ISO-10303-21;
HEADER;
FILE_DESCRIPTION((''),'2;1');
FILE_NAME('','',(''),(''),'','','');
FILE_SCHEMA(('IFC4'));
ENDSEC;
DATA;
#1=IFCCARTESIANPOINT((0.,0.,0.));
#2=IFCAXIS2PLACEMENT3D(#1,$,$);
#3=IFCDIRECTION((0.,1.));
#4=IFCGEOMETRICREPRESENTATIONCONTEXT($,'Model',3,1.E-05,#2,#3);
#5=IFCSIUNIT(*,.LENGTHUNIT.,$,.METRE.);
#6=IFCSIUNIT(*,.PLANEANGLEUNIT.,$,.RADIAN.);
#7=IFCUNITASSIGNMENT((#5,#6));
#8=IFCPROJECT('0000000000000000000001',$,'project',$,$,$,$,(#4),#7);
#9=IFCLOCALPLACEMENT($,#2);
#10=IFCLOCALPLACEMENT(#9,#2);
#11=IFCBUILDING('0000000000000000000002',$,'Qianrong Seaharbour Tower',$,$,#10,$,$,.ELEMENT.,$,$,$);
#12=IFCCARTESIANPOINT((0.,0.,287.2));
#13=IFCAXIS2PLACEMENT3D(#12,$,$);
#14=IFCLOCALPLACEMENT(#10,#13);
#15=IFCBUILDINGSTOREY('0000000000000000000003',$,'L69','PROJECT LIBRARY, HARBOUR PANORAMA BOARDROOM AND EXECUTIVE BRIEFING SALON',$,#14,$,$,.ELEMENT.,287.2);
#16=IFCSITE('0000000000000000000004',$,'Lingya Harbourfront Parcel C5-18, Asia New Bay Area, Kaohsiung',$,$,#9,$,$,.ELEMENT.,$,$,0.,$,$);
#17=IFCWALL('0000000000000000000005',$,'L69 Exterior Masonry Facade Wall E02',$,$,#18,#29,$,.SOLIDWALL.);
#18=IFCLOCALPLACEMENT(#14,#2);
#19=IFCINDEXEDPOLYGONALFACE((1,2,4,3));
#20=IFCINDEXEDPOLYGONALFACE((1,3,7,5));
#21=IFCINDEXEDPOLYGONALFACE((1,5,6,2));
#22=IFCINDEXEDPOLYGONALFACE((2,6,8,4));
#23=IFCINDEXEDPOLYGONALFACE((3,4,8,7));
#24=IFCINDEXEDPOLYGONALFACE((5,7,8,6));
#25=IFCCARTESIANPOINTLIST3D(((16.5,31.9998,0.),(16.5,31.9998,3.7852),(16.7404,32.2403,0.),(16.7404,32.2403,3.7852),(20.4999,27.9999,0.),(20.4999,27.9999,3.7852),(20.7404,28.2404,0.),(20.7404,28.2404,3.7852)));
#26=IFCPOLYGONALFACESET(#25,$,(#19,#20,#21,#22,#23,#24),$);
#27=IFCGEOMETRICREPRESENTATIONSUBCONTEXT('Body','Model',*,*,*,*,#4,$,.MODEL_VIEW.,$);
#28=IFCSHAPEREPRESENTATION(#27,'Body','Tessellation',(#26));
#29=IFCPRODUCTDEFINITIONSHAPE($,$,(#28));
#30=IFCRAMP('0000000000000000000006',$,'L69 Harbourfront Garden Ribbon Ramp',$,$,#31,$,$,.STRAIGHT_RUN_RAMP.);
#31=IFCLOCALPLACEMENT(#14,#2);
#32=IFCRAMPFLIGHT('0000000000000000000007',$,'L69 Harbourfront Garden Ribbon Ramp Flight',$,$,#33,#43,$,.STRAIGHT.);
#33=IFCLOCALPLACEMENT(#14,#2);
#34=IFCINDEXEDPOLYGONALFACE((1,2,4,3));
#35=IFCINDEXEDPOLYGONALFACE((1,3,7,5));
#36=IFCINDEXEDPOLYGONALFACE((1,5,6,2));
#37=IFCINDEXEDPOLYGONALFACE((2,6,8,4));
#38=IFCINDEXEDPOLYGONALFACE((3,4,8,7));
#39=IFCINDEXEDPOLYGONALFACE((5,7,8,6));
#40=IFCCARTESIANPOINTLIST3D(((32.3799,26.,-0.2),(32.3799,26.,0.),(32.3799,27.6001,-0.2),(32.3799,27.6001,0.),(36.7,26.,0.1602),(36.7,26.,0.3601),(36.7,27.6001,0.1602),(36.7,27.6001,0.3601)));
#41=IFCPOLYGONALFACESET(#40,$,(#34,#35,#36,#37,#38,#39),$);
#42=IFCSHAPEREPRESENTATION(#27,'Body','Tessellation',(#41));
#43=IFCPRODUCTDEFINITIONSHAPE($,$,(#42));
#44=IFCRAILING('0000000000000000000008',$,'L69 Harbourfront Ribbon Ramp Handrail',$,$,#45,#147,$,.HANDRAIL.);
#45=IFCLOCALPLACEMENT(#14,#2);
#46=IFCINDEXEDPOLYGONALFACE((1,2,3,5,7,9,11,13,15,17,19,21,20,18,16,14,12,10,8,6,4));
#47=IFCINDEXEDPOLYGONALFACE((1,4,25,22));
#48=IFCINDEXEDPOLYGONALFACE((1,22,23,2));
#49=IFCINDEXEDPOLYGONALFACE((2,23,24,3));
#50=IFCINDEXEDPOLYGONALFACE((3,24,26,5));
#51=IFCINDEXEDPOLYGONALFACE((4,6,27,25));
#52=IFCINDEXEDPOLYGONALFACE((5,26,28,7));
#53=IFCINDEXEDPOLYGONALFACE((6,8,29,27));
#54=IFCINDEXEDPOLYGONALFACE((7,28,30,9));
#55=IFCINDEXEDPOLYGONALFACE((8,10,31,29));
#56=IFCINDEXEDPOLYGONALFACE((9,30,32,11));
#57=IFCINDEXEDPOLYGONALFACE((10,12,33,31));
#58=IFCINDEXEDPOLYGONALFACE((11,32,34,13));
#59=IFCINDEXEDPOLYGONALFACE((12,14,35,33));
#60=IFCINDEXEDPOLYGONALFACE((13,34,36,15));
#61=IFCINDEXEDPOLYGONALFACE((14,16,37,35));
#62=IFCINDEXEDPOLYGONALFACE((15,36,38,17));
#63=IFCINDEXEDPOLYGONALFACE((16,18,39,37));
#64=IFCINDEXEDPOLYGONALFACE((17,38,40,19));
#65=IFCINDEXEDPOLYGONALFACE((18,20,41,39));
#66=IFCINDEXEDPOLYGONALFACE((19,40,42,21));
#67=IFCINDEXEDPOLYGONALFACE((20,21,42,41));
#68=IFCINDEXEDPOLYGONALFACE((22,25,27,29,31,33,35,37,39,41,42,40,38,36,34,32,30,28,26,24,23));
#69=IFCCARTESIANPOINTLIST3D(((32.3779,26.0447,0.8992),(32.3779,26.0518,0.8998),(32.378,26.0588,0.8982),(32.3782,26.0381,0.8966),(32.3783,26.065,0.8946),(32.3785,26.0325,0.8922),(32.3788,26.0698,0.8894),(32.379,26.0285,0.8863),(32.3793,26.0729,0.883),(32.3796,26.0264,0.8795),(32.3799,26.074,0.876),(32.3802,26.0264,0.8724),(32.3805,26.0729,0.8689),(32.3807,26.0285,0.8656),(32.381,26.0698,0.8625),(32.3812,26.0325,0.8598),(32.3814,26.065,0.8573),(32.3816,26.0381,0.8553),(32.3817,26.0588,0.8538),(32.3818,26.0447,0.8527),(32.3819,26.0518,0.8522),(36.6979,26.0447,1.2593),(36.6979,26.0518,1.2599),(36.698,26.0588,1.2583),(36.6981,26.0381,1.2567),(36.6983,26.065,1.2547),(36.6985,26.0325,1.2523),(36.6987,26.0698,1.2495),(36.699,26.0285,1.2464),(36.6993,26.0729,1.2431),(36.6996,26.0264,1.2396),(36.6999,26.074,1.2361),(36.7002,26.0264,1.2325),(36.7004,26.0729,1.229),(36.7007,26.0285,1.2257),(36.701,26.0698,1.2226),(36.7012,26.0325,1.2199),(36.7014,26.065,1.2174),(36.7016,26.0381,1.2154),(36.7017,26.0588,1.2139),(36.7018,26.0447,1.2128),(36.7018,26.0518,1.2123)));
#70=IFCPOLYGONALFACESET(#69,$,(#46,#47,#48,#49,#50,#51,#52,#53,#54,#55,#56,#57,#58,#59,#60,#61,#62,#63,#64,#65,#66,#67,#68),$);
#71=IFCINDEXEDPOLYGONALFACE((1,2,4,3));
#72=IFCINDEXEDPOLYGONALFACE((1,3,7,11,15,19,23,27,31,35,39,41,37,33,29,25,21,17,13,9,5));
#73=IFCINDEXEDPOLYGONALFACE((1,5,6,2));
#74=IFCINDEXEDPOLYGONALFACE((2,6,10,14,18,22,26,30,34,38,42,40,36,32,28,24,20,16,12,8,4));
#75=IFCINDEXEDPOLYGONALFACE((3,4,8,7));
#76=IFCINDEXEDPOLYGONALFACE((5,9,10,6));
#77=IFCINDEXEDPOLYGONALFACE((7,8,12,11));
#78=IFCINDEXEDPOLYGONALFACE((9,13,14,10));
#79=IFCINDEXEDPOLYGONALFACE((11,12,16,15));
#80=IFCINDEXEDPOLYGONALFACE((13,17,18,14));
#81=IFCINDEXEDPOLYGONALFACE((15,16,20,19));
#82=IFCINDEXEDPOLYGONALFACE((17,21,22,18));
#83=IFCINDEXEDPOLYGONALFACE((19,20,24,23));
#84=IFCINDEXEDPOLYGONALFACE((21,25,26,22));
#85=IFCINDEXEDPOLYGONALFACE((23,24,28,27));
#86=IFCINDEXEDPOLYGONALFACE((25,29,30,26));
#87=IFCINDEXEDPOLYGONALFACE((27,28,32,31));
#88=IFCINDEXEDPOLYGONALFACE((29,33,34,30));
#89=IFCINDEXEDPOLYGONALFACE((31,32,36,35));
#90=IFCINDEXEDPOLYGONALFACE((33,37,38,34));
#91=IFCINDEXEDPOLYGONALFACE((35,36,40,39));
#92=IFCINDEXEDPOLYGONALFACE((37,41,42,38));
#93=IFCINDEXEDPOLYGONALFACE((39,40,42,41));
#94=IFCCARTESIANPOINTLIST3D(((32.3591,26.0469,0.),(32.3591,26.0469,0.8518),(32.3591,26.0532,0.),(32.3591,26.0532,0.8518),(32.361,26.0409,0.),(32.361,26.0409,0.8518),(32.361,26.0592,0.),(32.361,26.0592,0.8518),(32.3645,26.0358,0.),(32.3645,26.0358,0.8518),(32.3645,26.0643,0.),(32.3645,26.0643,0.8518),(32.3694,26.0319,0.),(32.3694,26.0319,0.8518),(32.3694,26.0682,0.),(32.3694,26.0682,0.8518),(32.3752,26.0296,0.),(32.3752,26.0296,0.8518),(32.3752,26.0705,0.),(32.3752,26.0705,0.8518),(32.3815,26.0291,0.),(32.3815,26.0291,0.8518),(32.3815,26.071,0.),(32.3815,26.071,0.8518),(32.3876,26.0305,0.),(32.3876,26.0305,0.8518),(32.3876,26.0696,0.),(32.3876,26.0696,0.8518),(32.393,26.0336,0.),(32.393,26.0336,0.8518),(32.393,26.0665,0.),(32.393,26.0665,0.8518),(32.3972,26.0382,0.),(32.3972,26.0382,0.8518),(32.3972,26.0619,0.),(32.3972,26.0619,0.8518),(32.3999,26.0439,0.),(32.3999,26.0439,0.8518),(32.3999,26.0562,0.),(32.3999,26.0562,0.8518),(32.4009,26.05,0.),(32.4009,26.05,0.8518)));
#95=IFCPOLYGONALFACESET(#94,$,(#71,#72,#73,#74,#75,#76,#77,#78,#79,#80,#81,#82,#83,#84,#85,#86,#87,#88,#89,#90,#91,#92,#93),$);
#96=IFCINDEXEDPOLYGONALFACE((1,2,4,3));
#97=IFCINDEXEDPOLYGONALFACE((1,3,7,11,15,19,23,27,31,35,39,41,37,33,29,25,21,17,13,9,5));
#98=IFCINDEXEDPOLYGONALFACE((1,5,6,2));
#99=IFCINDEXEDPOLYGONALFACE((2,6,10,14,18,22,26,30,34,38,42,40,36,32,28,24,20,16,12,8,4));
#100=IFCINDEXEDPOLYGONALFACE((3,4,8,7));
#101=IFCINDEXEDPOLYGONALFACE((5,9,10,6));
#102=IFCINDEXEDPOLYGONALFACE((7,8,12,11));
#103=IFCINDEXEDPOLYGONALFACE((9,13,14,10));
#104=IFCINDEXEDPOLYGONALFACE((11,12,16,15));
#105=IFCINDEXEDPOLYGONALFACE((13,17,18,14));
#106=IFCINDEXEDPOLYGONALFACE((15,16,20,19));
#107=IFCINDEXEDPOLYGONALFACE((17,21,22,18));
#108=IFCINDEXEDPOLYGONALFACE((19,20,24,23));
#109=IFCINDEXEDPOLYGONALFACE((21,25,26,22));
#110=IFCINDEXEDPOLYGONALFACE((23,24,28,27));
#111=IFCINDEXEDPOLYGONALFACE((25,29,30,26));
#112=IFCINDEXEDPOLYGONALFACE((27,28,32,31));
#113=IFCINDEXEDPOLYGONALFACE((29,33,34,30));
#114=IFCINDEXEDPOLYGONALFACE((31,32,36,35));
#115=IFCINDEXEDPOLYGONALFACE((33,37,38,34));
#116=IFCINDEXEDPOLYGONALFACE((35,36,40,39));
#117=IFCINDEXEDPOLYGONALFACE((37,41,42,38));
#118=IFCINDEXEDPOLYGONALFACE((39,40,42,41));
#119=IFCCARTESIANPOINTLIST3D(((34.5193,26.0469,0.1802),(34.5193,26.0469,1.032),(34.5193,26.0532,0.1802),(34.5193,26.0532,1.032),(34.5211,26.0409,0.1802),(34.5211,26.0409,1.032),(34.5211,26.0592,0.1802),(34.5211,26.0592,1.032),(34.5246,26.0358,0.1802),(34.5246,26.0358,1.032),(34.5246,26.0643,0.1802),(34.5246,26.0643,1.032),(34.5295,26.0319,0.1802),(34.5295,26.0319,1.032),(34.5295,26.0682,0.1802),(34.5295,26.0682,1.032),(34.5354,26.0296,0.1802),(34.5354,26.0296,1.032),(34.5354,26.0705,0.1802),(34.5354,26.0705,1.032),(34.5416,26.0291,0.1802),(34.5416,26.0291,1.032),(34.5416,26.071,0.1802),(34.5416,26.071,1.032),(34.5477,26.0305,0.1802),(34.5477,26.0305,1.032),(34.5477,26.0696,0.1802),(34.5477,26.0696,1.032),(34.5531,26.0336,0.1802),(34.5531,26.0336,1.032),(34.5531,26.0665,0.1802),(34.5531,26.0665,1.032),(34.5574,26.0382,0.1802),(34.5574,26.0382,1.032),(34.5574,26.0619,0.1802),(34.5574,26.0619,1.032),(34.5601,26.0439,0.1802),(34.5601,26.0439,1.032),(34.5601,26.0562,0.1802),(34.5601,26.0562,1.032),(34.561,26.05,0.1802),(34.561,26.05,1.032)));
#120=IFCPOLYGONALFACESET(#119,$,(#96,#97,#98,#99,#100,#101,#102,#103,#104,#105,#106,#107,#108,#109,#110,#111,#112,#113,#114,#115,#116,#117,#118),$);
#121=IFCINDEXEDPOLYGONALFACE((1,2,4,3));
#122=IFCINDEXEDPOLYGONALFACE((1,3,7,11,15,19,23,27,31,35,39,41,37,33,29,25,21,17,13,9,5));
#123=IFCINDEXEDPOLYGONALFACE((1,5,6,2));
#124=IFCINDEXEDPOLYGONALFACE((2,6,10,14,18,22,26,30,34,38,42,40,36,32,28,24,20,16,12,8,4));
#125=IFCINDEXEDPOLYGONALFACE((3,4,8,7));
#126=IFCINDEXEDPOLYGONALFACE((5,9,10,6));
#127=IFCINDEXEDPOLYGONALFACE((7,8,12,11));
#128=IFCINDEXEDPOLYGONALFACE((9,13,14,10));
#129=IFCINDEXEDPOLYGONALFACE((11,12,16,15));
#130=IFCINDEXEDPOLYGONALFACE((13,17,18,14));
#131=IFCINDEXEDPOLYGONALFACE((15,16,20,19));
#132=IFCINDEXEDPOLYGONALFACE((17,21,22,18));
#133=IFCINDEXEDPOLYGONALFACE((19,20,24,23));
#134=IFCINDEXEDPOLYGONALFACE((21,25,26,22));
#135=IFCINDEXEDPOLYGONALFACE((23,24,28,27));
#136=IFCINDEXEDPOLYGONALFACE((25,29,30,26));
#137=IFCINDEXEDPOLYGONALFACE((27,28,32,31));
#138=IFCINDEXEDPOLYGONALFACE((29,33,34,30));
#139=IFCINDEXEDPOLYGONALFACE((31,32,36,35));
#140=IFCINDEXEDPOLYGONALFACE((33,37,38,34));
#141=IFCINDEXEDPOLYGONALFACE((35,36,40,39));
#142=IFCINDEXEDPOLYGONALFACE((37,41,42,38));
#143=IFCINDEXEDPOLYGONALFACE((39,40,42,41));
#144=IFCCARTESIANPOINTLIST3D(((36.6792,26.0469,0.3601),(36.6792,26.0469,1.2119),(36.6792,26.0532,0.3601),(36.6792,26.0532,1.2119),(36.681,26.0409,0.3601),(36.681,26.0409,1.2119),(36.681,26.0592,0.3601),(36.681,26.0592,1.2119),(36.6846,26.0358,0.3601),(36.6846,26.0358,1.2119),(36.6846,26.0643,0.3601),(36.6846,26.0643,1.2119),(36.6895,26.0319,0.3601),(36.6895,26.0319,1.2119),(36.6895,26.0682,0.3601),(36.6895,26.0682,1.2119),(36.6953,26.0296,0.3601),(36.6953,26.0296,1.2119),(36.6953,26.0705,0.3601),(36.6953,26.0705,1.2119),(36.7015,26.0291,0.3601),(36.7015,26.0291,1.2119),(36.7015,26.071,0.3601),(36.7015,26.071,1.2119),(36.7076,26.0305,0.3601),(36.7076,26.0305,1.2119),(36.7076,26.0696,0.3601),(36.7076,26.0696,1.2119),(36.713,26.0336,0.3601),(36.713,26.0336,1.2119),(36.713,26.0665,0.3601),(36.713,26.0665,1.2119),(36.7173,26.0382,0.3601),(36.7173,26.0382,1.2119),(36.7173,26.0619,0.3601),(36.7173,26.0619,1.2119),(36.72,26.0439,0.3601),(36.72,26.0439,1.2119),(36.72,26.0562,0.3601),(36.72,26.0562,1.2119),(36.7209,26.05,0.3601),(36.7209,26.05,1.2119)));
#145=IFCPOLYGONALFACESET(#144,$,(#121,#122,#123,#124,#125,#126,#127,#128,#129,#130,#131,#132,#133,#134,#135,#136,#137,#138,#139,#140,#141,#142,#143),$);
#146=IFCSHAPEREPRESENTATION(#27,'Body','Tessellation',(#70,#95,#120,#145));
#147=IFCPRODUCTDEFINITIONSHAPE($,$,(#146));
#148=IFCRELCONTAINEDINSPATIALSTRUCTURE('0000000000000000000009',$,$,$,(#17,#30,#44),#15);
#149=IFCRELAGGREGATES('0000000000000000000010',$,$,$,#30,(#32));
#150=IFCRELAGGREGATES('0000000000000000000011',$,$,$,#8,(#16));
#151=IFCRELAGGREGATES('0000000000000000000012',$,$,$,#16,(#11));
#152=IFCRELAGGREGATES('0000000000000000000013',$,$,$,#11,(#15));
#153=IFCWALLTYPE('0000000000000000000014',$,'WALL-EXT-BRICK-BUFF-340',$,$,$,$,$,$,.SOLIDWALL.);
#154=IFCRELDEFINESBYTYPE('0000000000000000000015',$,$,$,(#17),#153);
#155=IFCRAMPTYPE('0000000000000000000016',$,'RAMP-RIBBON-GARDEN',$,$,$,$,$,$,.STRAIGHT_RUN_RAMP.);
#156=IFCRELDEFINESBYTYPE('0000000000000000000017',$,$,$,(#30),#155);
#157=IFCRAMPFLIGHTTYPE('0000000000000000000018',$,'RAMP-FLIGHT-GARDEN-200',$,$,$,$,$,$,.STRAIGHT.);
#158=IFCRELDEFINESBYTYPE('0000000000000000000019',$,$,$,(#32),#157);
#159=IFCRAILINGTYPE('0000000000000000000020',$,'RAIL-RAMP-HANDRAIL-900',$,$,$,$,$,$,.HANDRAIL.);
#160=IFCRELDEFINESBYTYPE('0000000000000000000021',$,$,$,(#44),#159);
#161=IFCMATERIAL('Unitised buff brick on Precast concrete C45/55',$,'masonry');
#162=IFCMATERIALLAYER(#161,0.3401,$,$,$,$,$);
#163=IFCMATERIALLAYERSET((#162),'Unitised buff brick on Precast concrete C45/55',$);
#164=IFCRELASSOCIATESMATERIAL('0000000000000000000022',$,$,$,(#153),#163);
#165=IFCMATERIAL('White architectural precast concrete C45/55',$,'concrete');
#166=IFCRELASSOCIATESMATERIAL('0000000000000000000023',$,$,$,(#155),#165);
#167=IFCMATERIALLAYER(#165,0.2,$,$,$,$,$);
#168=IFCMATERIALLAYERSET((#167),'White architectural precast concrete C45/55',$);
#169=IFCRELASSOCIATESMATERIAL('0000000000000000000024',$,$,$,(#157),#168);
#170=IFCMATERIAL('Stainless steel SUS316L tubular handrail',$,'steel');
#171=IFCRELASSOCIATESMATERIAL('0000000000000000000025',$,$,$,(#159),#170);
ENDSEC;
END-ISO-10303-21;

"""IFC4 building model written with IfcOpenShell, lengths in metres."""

from ifc_helpers import new_model, si_unit, direction, frame, frame_2d, origin, origin_2d, place, context, subcontext, project, spatial, polyline, rectangle, circle, outline, extrude, material, layer, layer_set, type_object, element, aggregate, save


model = new_model("IFC4")

# Units and contexts
model_context = context("Model", 3, precision=1e-05, world=origin(), true_north=direction((0.0, 1.0)))
body_context = subcontext(model_context, "Body", "Model", "MODEL_VIEW")
ifc_project = project(units=[si_unit("LENGTHUNIT", "METRE"), si_unit("PLANEANGLEUNIT", "RADIAN")], contexts=[model_context])

# Site, building, storey
site_placement = place(None, origin())
site = spatial("IfcSite", under=ifc_project, at=site_placement, Name="Lingya Harbourfront Parcel C5-18, Asia New Bay Area, Kaohsiung", CompositionType="ELEMENT", RefElevation=0.0)
building_placement = place(site_placement, origin())
building = spatial("IfcBuilding", under=site, at=building_placement, Name="Qianrong Seaharbour Tower", CompositionType="ELEMENT")
storey_placement = place(building_placement, frame((0.0, 0.0, 287.2)))
storey = spatial("IfcBuildingStorey", under=building, at=storey_placement, Name="L69", Description="PROJECT LIBRARY, HARBOUR PANORAMA BOARDROOM AND EXECUTIVE BRIEFING SALON", CompositionType="ELEMENT", Elevation=287.2)

# Shared definitions
ifc_material_1 = material(Name="Unitised buff brick on Precast concrete C45/55", Category="masonry")
ifc_layer_1 = layer(ifc_material_1, 0.3401)
ifc_layer_set_1 = layer_set([ifc_layer_1], Name="Unitised buff brick on Precast concrete C45/55")
wall_type = type_object("IfcWallType", Name="WALL-EXT-BRICK-BUFF-340", PredefinedType="SOLIDWALL", material=ifc_layer_set_1)

# Wall
wall_1_placement = place(storey_placement, frame((20.6201, 28.1201, 0.0), z_axis=(0.0, 0.0, 1.0), x_axis=(-0.707107, 0.707107, 0.0)))
element("IfcWall", 1, at=wall_1_placement, inside=storey, type_object=wall_type, Name="L69 Exterior Masonry Facade Wall E02", PredefinedType="SOLIDWALL", context=body_context, shape_type="SweptSolid", body=[
    extrude(rectangle(XDim=5.6567, YDim=0.3401, at=frame_2d((2.8284, 0.0))), origin(), (0.0, 0.0, 1.0), 3.7852),
])

# Ramp, ramp flight
ifc_material_2 = material(Name="White architectural precast concrete C45/55", Category="concrete")
ramp_type = type_object("IfcRampType", Name="RAMP-RIBBON-GARDEN", PredefinedType="STRAIGHT_RUN_RAMP", material=ifc_material_2)
ramp_placement = place(storey_placement, origin())
ramp = element("IfcRamp", 2, at=ramp_placement, inside=storey, type_object=ramp_type, Name="L69 Harbourfront Garden Ribbon Ramp", PredefinedType="STRAIGHT_RUN_RAMP")
ifc_layer_2 = layer(ifc_material_2, 0.2)
ifc_layer_set_2 = layer_set([ifc_layer_2], Name="White architectural precast concrete C45/55")
ramp_flight_type = type_object("IfcRampFlightType", Name="RAMP-FLIGHT-GARDEN-200", PredefinedType="STRAIGHT", material=ifc_layer_set_2)
ramp_flight_placement = place(storey_placement, frame((32.3799, 26.8, 0.0), z_axis=(0.0, 0.0, 1.0), x_axis=(1.0, 0.0, 0.0)))
ramp_flight = element("IfcRampFlight", 3, at=ramp_flight_placement, type_object=ramp_flight_type, Name="L69 Harbourfront Garden Ribbon Ramp Flight", PredefinedType="STRAIGHT", context=body_context, shape_type="SweptSolid", body=[
    extrude(outline(polyline([(0.0, 0.0), (4.3201, 0.3601), (4.3201, 0.1602), (0.0, -0.2), (0.0, 0.0)])), frame((0.0, 0.8, 0.0), z_axis=(0.0, -1.0, 0.0), x_axis=(1.0, 0.0, 0.0)), (0.0, 0.0, 1.0), 1.6001),
])
aggregate(ramp, [ramp_flight])

# Railing
ifc_material_3 = material(Name="Stainless steel SUS316L tubular handrail", Category="steel")
railing_type_1 = type_object("IfcRailingType", Name="RAIL-RAMP-HANDRAIL-900", PredefinedType="HANDRAIL", material=ifc_material_3)
railing_1_placement = place(storey_placement, frame((32.3799, 26.05, 0.0)))
element("IfcRailing", 4, at=railing_1_placement, inside=storey, type_object=railing_type_1, Name="L69 Harbourfront Ribbon Ramp Handrail", PredefinedType="HANDRAIL", context=body_context, shape_type="SweptSolid", body=[
    extrude(circle(Radius=0.0239, at=origin_2d()), frame((0.0, 0.0, 0.876), z_axis=(0.996544, 0.0, 0.083069), x_axis=(0.0, 1.0, 0.0)), (0.0, 0.0, 1.0), 4.335),
    extrude(circle(Radius=0.021, at=origin_2d()), origin(), (0.0, 0.0, 1.0), 0.8518),
    extrude(circle(Radius=0.021, at=origin_2d()), frame((2.1602, 0.0, 0.1802)), (0.0, 0.0, 1.0), 0.8518),
    extrude(circle(Radius=0.021, at=origin_2d()), frame((4.3201, 0.0, 0.3601)), (0.0, 0.0, 1.0), 0.8518),
])

save(model, "model.ifc")
